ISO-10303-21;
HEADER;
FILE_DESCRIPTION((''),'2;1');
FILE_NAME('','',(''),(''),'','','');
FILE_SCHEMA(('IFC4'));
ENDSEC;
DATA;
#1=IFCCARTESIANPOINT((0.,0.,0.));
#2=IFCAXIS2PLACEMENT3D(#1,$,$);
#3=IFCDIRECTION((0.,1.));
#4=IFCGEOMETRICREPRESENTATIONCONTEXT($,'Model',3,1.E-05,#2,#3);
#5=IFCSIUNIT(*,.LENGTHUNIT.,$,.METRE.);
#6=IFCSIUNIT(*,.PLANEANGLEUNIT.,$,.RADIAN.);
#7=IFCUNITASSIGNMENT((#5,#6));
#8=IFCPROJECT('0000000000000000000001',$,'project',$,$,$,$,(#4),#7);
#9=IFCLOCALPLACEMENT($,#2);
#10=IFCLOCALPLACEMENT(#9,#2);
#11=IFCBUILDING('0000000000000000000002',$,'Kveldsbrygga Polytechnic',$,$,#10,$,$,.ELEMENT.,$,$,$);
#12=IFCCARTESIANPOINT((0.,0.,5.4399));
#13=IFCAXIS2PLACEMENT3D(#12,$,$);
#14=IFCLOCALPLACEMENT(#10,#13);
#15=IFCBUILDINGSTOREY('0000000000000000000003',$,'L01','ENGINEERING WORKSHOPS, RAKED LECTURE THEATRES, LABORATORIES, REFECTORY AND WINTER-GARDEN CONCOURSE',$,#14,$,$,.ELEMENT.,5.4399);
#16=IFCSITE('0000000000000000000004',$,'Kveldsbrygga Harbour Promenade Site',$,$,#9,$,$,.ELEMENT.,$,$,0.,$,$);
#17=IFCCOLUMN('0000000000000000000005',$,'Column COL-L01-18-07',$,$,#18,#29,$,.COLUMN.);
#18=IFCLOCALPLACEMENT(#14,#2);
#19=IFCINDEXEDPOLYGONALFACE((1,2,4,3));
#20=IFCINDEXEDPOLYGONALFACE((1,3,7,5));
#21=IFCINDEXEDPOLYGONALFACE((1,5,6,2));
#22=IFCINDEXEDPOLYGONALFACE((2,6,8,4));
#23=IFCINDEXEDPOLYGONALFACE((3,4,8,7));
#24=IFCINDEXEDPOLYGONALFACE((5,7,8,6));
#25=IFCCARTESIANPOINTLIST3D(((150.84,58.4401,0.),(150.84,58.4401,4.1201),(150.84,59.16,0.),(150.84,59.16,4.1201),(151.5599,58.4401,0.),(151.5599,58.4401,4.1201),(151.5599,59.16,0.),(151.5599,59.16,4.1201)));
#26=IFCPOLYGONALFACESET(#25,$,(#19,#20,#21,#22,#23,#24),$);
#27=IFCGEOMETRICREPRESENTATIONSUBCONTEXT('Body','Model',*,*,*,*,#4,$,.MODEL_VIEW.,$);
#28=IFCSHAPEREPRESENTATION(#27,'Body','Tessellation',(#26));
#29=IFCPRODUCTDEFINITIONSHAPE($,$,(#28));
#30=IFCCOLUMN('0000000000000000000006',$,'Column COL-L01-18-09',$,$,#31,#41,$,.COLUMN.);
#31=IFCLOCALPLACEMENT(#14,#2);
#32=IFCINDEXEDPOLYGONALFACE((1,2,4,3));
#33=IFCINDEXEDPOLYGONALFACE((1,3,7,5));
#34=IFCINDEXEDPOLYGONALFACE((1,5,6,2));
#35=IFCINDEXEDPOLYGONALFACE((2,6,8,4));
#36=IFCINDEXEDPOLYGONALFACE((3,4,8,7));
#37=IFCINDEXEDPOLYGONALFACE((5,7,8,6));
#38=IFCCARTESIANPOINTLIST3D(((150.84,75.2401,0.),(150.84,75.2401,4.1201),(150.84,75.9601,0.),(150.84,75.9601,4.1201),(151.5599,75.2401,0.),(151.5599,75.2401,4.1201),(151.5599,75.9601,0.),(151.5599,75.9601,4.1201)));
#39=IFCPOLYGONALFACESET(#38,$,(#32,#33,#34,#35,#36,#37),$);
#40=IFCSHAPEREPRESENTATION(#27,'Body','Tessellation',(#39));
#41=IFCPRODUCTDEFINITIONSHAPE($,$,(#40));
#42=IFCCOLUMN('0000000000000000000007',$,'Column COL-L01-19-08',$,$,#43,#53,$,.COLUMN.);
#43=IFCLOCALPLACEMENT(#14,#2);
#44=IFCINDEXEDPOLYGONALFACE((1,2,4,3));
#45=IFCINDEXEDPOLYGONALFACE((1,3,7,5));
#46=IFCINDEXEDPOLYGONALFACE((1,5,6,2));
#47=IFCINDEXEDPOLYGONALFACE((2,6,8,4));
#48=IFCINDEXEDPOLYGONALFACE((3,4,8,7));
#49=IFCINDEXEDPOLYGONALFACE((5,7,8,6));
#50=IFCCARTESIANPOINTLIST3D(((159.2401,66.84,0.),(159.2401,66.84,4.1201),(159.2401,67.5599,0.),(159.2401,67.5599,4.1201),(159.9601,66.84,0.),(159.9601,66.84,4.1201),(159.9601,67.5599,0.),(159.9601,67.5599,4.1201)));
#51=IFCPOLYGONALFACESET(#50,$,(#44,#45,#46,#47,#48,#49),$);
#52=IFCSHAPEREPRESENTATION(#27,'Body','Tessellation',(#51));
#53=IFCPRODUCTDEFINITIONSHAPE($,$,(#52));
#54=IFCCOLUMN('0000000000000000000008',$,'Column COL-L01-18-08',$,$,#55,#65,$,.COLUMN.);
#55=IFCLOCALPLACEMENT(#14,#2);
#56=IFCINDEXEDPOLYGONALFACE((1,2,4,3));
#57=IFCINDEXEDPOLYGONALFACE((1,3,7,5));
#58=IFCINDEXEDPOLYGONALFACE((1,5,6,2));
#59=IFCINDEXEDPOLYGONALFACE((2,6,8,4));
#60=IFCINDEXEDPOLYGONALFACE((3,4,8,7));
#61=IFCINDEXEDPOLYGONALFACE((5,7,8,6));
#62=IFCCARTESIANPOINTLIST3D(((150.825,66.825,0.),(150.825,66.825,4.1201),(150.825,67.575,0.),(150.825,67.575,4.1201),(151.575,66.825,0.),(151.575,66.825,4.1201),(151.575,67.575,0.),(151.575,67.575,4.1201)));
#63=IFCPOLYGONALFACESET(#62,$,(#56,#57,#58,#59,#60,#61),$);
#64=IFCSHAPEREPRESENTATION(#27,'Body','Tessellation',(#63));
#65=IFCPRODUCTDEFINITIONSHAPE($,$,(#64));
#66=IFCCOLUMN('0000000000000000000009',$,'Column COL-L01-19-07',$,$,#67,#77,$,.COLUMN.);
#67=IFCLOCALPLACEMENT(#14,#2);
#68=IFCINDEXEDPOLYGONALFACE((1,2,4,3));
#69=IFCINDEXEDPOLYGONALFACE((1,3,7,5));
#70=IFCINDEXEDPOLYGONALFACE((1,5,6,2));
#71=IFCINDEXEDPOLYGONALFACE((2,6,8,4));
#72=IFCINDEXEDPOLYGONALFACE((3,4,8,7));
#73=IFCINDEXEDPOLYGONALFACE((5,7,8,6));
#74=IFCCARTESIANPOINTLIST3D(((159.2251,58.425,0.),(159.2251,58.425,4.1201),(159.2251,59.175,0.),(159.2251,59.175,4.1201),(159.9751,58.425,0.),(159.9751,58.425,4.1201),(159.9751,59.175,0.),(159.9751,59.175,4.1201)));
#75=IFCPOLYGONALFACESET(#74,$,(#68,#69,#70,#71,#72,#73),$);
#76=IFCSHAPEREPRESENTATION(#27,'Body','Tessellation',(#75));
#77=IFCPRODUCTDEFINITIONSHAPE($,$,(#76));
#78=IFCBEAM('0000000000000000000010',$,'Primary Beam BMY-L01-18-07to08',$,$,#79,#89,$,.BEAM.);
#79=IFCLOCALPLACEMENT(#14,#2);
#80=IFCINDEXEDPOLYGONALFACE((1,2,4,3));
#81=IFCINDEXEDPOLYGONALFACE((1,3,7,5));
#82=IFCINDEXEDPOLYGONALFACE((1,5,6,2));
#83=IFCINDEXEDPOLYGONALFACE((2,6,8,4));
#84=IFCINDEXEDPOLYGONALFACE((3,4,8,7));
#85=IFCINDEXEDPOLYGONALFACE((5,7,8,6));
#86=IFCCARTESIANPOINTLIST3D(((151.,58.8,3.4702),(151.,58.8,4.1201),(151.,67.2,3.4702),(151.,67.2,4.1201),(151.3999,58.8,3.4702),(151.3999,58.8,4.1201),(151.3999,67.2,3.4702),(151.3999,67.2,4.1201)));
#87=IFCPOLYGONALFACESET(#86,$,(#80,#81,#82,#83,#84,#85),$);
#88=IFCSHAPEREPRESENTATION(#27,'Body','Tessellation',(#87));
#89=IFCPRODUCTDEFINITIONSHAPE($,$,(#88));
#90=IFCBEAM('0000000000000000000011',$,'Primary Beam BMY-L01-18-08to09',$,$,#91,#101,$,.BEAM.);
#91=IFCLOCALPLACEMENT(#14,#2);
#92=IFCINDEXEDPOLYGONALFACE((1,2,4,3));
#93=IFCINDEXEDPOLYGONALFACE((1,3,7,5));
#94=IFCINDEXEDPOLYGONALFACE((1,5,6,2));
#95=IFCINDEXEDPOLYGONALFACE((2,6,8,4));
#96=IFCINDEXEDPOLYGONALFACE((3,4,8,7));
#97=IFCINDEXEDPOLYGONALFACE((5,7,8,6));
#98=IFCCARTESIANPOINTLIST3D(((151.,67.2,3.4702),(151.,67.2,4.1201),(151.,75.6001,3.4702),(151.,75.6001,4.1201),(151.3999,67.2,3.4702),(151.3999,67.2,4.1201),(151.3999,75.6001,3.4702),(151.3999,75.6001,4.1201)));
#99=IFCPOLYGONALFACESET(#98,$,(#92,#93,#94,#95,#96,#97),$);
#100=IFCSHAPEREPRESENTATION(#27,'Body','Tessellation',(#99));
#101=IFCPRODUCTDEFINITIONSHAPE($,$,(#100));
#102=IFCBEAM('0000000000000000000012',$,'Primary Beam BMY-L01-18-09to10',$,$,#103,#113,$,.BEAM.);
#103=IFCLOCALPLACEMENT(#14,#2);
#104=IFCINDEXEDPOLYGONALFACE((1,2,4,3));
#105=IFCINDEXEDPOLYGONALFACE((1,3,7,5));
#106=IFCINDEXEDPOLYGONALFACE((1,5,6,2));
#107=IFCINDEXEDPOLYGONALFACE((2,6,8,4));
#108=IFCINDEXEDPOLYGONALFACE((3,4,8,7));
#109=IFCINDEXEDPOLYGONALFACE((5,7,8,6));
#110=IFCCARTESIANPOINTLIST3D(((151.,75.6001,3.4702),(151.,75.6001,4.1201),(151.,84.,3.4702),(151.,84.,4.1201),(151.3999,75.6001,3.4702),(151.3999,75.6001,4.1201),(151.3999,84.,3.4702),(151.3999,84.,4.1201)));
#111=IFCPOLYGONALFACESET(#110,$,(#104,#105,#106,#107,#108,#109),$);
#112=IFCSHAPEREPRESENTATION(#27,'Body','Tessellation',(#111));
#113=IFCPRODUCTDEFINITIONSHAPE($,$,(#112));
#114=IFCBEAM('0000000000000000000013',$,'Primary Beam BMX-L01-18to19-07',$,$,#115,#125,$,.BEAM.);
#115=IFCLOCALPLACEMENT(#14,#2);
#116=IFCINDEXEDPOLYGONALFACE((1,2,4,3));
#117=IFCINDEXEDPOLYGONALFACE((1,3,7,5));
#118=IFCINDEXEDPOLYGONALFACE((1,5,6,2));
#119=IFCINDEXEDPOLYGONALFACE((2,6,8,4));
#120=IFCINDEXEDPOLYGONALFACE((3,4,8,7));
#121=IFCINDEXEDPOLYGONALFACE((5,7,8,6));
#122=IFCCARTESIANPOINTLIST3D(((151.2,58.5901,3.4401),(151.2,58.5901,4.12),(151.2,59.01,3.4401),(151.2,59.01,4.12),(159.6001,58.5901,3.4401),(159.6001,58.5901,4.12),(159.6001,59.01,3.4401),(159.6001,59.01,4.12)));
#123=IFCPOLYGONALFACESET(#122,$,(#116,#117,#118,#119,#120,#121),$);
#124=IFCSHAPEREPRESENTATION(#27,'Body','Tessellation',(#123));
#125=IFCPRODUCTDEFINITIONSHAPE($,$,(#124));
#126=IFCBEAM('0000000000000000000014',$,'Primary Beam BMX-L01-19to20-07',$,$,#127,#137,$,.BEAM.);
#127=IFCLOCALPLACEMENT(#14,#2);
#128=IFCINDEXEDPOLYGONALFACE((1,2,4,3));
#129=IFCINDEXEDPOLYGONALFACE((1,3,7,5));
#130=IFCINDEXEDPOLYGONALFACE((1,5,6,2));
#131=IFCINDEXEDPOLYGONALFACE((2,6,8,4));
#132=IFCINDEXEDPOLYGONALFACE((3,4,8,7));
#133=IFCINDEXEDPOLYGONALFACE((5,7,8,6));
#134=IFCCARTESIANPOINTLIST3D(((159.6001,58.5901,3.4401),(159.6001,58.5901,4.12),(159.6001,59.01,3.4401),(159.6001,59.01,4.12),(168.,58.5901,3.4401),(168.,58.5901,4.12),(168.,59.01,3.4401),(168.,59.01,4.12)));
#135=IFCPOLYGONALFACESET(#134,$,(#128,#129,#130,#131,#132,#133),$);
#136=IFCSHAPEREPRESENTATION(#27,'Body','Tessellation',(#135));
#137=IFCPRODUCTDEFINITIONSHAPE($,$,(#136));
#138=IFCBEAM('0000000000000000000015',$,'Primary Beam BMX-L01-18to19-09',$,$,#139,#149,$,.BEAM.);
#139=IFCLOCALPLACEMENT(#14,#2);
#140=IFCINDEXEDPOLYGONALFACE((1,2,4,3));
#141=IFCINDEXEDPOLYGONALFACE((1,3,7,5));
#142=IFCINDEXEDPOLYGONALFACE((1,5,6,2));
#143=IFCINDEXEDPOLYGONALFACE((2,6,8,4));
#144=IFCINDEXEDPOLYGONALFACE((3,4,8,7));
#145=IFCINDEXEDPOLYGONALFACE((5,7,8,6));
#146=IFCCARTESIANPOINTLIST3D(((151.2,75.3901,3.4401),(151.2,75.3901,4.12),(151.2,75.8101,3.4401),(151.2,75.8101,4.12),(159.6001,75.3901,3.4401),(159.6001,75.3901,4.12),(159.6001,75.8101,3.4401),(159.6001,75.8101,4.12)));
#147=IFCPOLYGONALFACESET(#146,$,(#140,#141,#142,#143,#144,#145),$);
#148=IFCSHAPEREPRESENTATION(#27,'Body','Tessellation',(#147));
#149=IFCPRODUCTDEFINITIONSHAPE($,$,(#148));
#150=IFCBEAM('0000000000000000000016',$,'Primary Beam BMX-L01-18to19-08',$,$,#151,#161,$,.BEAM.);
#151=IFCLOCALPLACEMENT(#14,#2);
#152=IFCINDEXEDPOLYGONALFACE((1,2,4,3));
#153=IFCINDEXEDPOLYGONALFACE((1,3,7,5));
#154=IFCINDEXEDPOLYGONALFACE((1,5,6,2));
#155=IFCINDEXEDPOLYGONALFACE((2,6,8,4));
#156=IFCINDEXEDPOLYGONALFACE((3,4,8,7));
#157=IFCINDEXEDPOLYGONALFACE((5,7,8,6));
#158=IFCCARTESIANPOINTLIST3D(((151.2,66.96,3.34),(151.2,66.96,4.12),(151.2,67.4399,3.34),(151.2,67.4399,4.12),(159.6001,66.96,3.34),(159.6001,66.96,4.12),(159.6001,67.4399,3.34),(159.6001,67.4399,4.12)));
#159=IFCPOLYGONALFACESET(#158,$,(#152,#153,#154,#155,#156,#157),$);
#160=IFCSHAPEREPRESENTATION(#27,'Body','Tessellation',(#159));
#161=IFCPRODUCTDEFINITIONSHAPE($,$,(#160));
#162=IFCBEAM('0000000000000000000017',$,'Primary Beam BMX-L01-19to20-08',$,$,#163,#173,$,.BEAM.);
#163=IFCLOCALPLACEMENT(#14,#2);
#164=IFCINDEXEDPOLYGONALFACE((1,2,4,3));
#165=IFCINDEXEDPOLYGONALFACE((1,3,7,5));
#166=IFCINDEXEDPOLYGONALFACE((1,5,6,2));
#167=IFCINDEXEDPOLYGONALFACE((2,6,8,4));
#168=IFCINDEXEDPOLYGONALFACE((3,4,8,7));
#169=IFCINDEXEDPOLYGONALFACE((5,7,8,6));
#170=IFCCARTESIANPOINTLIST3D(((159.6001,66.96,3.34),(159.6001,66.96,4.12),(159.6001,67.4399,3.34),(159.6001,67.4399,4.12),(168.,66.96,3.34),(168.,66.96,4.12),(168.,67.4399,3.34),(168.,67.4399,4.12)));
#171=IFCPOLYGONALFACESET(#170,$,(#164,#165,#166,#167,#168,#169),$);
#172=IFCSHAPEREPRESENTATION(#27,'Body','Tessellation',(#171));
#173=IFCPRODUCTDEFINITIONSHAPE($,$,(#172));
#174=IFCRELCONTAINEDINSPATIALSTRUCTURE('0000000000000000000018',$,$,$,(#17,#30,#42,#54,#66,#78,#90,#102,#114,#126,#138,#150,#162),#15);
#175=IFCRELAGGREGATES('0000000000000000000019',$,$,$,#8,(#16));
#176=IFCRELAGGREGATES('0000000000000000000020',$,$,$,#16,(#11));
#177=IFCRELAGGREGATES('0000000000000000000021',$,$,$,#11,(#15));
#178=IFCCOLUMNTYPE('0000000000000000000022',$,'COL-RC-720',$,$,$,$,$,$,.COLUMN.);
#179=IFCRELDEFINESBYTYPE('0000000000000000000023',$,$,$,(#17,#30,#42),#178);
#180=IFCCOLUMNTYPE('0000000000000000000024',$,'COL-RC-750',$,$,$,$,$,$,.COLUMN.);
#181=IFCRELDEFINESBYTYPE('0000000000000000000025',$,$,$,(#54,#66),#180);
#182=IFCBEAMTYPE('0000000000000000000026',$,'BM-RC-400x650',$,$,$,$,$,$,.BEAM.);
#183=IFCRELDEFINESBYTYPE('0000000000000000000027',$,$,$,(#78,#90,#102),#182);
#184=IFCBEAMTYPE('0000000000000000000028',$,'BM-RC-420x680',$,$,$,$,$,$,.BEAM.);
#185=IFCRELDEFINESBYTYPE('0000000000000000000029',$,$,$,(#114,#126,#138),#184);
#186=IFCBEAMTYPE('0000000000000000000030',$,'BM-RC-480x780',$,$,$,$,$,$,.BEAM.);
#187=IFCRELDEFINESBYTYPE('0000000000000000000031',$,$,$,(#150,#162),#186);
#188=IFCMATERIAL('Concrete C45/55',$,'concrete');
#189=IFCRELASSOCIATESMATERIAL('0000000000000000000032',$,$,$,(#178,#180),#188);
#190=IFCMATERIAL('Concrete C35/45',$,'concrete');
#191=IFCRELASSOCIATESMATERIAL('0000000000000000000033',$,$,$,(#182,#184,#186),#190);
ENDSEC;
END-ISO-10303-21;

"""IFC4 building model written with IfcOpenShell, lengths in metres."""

from ifc_helpers import new_model, si_unit, direction, frame, origin, origin_2d, place, context, subcontext, project, spatial, rectangle, extrude, material, material_profile, profile_set, type_object, element, save


model = new_model("IFC4")

# Units and contexts
model_context = context("Model", 3, precision=1e-05, world=origin(), true_north=direction((0.0, 1.0)))
body_context = subcontext(model_context, "Body", "Model", "MODEL_VIEW")
ifc_project = project(units=[si_unit("LENGTHUNIT", "METRE"), si_unit("PLANEANGLEUNIT", "RADIAN")], contexts=[model_context])

# Site, building, storey
site_placement = place(None, origin())
site = spatial("IfcSite", under=ifc_project, at=site_placement, Name="Kveldsbrygga Harbour Promenade Site", CompositionType="ELEMENT", RefElevation=0.0)
building_placement = place(site_placement, origin())
building = spatial("IfcBuilding", under=site, at=building_placement, Name="Kveldsbrygga Polytechnic", CompositionType="ELEMENT")
storey_placement = place(building_placement, frame((0.0, 0.0, 5.4399)))
storey = spatial("IfcBuildingStorey", under=building, at=storey_placement, Name="L01", Description="ENGINEERING WORKSHOPS, RAKED LECTURE THEATRES, LABORATORIES, REFECTORY AND WINTER-GARDEN CONCOURSE", CompositionType="ELEMENT", Elevation=5.4399)

# Columns
ifc_material_1 = material(Name="Concrete C45/55", Category="concrete")
ifc_material_profile_1 = material_profile(ifc_material_1, rectangle(XDim=0.72, YDim=0.72, at=origin_2d()), Name="RC 720x720")
ifc_profile_set_1 = profile_set([ifc_material_profile_1], Name="Concrete C45/55")
column_type_1 = type_object("IfcColumnType", Name="COL-RC-720", PredefinedType="COLUMN", material=ifc_profile_set_1)
for number, where, z_axis, x_axis, name in (
    (1, (151.2, 58.8, 0.0), (0.0, 0.0, 1.0), (1.0, 0.0, 0.0), "Column COL-L01-18-07"),
    (2, (151.2, 75.6001, 0.0), (0.0, 0.0, 1.0), (1.0, 0.0, 0.0), "Column COL-L01-18-09"),
    (3, (159.6001, 67.2, 0.0), (0.0, 0.0, 1.0), (1.0, 0.0, 0.0), "Column COL-L01-19-08"),
):
    element("IfcColumn", number, at=place(storey_placement, frame(where, z_axis=z_axis, x_axis=x_axis)), inside=storey, type_object=column_type_1, Name=name, PredefinedType="COLUMN", context=body_context, shape_type="SweptSolid", body=[
        extrude(rectangle(XDim=0.72, YDim=0.72, at=origin_2d()), origin(), (0.0, 0.0, 1.0), 4.1201),
    ])
ifc_material_profile_2 = material_profile(ifc_material_1, rectangle(XDim=0.75, YDim=0.75, at=origin_2d()), Name="RC 750x750")
ifc_profile_set_2 = profile_set([ifc_material_profile_2], Name="Concrete C45/55")
column_type_2 = type_object("IfcColumnType", Name="COL-RC-750", PredefinedType="COLUMN", material=ifc_profile_set_2)
for number, where, z_axis, x_axis, name in (
    (4, (151.2, 67.2, 0.0), (0.0, 0.0, 1.0), (1.0, 0.0, 0.0), "Column COL-L01-18-08"),
    (5, (159.6001, 58.8, 0.0), (0.0, 0.0, 1.0), (1.0, 0.0, 0.0), "Column COL-L01-19-07"),
):
    element("IfcColumn", number, at=place(storey_placement, frame(where, z_axis=z_axis, x_axis=x_axis)), inside=storey, type_object=column_type_2, Name=name, PredefinedType="COLUMN", context=body_context, shape_type="SweptSolid", body=[
        extrude(rectangle(XDim=0.75, YDim=0.75, at=origin_2d()), origin(), (0.0, 0.0, 1.0), 4.1201),
    ])

# Beams
ifc_material_2 = material(Name="Concrete C35/45", Category="concrete")
ifc_material_profile_3 = material_profile(ifc_material_2, rectangle(XDim=0.3999, YDim=0.6499, at=origin_2d()), Name="RC 400x650")
ifc_profile_set_3 = profile_set([ifc_material_profile_3], Name="Concrete C35/45")
beam_type_1 = type_object("IfcBeamType", Name="BM-RC-400x650", PredefinedType="BEAM", material=ifc_profile_set_3)
beam_1_placement = place(storey_placement, frame((151.2, 58.8, 3.7952), z_axis=(0.0, 1.0, 0.0), x_axis=(-1.0, 0.0, 0.0)))
element("IfcBeam", 6, at=beam_1_placement, inside=storey, type_object=beam_type_1, Name="Primary Beam BMY-L01-18-07to08", PredefinedType="BEAM", context=body_context, shape_type="SweptSolid", body=[
    extrude(rectangle(XDim=0.3999, YDim=0.6499, at=origin_2d()), origin(), (0.0, 0.0, 1.0), 8.3999),
])
beam_2_placement = place(storey_placement, frame((151.2, 67.2, 3.7952), z_axis=(0.0, 1.0, 0.0), x_axis=(-1.0, 0.0, 0.0)))
element("IfcBeam", 7, at=beam_2_placement, inside=storey, type_object=beam_type_1, Name="Primary Beam BMY-L01-18-08to09", PredefinedType="BEAM", context=body_context, shape_type="SweptSolid", body=[
    extrude(rectangle(XDim=0.3999, YDim=0.6499, at=origin_2d()), origin(), (0.0, 0.0, 1.0), 8.4001),
])
beam_3_placement = place(storey_placement, frame((151.2, 75.6001, 3.7952), z_axis=(0.0, 1.0, 0.0), x_axis=(-1.0, 0.0, 0.0)))
element("IfcBeam", 8, at=beam_3_placement, inside=storey, type_object=beam_type_1, Name="Primary Beam BMY-L01-18-09to10", PredefinedType="BEAM", context=body_context, shape_type="SweptSolid", body=[
    extrude(rectangle(XDim=0.3999, YDim=0.6499, at=origin_2d()), origin(), (0.0, 0.0, 1.0), 8.3999),
])
ifc_material_profile_4 = material_profile(ifc_material_2, rectangle(XDim=0.4199, YDim=0.6799, at=origin_2d()), Name="RC 420x680")
ifc_profile_set_4 = profile_set([ifc_material_profile_4], Name="Concrete C35/45")
beam_type_2 = type_object("IfcBeamType", Name="BM-RC-420x680", PredefinedType="BEAM", material=ifc_profile_set_4)
beam_4_placement = place(storey_placement, frame((151.2, 58.8, 3.78), z_axis=(1.0, 0.0, 0.0), x_axis=(0.0, 1.0, 0.0)))
element("IfcBeam", 9, at=beam_4_placement, inside=storey, type_object=beam_type_2, Name="Primary Beam BMX-L01-18to19-07", PredefinedType="BEAM", context=body_context, shape_type="SweptSolid", body=[
    extrude(rectangle(XDim=0.4199, YDim=0.6799, at=origin_2d()), origin(), (0.0, 0.0, 1.0), 8.4001),
])
beam_5_placement = place(storey_placement, frame((159.6001, 58.8, 3.78), z_axis=(1.0, 0.0, 0.0), x_axis=(0.0, 1.0, 0.0)))
element("IfcBeam", 10, at=beam_5_placement, inside=storey, type_object=beam_type_2, Name="Primary Beam BMX-L01-19to20-07", PredefinedType="BEAM", context=body_context, shape_type="SweptSolid", body=[
    extrude(rectangle(XDim=0.4199, YDim=0.6799, at=origin_2d()), origin(), (0.0, 0.0, 1.0), 8.3999),
])
beam_6_placement = place(storey_placement, frame((151.2, 75.6001, 3.78), z_axis=(1.0, 0.0, 0.0), x_axis=(0.0, 1.0, 0.0)))
element("IfcBeam", 11, at=beam_6_placement, inside=storey, type_object=beam_type_2, Name="Primary Beam BMX-L01-18to19-09", PredefinedType="BEAM", context=body_context, shape_type="SweptSolid", body=[
    extrude(rectangle(XDim=0.4199, YDim=0.6799, at=origin_2d()), origin(), (0.0, 0.0, 1.0), 8.4001),
])
ifc_material_profile_5 = material_profile(ifc_material_2, rectangle(XDim=0.48, YDim=0.78, at=origin_2d()), Name="RC 480x780")
ifc_profile_set_5 = profile_set([ifc_material_profile_5], Name="Concrete C35/45")
beam_type_3 = type_object("IfcBeamType", Name="BM-RC-480x780", PredefinedType="BEAM", material=ifc_profile_set_5)
beam_7_placement = place(storey_placement, frame((151.2, 67.2, 3.73), z_axis=(1.0, 0.0, 0.0), x_axis=(0.0, 1.0, 0.0)))
element("IfcBeam", 12, at=beam_7_placement, inside=storey, type_object=beam_type_3, Name="Primary Beam BMX-L01-18to19-08", PredefinedType="BEAM", context=body_context, shape_type="SweptSolid", body=[
    extrude(rectangle(XDim=0.48, YDim=0.78, at=origin_2d()), origin(), (0.0, 0.0, 1.0), 8.4001),
])
beam_8_placement = place(storey_placement, frame((159.6001, 67.2, 3.73), z_axis=(1.0, 0.0, 0.0), x_axis=(0.0, 1.0, 0.0)))
element("IfcBeam", 13, at=beam_8_placement, inside=storey, type_object=beam_type_3, Name="Primary Beam BMX-L01-19to20-08", PredefinedType="BEAM", context=body_context, shape_type="SweptSolid", body=[
    extrude(rectangle(XDim=0.48, YDim=0.78, at=origin_2d()), origin(), (0.0, 0.0, 1.0), 8.3999),
])

save(model, "model.ifc")
